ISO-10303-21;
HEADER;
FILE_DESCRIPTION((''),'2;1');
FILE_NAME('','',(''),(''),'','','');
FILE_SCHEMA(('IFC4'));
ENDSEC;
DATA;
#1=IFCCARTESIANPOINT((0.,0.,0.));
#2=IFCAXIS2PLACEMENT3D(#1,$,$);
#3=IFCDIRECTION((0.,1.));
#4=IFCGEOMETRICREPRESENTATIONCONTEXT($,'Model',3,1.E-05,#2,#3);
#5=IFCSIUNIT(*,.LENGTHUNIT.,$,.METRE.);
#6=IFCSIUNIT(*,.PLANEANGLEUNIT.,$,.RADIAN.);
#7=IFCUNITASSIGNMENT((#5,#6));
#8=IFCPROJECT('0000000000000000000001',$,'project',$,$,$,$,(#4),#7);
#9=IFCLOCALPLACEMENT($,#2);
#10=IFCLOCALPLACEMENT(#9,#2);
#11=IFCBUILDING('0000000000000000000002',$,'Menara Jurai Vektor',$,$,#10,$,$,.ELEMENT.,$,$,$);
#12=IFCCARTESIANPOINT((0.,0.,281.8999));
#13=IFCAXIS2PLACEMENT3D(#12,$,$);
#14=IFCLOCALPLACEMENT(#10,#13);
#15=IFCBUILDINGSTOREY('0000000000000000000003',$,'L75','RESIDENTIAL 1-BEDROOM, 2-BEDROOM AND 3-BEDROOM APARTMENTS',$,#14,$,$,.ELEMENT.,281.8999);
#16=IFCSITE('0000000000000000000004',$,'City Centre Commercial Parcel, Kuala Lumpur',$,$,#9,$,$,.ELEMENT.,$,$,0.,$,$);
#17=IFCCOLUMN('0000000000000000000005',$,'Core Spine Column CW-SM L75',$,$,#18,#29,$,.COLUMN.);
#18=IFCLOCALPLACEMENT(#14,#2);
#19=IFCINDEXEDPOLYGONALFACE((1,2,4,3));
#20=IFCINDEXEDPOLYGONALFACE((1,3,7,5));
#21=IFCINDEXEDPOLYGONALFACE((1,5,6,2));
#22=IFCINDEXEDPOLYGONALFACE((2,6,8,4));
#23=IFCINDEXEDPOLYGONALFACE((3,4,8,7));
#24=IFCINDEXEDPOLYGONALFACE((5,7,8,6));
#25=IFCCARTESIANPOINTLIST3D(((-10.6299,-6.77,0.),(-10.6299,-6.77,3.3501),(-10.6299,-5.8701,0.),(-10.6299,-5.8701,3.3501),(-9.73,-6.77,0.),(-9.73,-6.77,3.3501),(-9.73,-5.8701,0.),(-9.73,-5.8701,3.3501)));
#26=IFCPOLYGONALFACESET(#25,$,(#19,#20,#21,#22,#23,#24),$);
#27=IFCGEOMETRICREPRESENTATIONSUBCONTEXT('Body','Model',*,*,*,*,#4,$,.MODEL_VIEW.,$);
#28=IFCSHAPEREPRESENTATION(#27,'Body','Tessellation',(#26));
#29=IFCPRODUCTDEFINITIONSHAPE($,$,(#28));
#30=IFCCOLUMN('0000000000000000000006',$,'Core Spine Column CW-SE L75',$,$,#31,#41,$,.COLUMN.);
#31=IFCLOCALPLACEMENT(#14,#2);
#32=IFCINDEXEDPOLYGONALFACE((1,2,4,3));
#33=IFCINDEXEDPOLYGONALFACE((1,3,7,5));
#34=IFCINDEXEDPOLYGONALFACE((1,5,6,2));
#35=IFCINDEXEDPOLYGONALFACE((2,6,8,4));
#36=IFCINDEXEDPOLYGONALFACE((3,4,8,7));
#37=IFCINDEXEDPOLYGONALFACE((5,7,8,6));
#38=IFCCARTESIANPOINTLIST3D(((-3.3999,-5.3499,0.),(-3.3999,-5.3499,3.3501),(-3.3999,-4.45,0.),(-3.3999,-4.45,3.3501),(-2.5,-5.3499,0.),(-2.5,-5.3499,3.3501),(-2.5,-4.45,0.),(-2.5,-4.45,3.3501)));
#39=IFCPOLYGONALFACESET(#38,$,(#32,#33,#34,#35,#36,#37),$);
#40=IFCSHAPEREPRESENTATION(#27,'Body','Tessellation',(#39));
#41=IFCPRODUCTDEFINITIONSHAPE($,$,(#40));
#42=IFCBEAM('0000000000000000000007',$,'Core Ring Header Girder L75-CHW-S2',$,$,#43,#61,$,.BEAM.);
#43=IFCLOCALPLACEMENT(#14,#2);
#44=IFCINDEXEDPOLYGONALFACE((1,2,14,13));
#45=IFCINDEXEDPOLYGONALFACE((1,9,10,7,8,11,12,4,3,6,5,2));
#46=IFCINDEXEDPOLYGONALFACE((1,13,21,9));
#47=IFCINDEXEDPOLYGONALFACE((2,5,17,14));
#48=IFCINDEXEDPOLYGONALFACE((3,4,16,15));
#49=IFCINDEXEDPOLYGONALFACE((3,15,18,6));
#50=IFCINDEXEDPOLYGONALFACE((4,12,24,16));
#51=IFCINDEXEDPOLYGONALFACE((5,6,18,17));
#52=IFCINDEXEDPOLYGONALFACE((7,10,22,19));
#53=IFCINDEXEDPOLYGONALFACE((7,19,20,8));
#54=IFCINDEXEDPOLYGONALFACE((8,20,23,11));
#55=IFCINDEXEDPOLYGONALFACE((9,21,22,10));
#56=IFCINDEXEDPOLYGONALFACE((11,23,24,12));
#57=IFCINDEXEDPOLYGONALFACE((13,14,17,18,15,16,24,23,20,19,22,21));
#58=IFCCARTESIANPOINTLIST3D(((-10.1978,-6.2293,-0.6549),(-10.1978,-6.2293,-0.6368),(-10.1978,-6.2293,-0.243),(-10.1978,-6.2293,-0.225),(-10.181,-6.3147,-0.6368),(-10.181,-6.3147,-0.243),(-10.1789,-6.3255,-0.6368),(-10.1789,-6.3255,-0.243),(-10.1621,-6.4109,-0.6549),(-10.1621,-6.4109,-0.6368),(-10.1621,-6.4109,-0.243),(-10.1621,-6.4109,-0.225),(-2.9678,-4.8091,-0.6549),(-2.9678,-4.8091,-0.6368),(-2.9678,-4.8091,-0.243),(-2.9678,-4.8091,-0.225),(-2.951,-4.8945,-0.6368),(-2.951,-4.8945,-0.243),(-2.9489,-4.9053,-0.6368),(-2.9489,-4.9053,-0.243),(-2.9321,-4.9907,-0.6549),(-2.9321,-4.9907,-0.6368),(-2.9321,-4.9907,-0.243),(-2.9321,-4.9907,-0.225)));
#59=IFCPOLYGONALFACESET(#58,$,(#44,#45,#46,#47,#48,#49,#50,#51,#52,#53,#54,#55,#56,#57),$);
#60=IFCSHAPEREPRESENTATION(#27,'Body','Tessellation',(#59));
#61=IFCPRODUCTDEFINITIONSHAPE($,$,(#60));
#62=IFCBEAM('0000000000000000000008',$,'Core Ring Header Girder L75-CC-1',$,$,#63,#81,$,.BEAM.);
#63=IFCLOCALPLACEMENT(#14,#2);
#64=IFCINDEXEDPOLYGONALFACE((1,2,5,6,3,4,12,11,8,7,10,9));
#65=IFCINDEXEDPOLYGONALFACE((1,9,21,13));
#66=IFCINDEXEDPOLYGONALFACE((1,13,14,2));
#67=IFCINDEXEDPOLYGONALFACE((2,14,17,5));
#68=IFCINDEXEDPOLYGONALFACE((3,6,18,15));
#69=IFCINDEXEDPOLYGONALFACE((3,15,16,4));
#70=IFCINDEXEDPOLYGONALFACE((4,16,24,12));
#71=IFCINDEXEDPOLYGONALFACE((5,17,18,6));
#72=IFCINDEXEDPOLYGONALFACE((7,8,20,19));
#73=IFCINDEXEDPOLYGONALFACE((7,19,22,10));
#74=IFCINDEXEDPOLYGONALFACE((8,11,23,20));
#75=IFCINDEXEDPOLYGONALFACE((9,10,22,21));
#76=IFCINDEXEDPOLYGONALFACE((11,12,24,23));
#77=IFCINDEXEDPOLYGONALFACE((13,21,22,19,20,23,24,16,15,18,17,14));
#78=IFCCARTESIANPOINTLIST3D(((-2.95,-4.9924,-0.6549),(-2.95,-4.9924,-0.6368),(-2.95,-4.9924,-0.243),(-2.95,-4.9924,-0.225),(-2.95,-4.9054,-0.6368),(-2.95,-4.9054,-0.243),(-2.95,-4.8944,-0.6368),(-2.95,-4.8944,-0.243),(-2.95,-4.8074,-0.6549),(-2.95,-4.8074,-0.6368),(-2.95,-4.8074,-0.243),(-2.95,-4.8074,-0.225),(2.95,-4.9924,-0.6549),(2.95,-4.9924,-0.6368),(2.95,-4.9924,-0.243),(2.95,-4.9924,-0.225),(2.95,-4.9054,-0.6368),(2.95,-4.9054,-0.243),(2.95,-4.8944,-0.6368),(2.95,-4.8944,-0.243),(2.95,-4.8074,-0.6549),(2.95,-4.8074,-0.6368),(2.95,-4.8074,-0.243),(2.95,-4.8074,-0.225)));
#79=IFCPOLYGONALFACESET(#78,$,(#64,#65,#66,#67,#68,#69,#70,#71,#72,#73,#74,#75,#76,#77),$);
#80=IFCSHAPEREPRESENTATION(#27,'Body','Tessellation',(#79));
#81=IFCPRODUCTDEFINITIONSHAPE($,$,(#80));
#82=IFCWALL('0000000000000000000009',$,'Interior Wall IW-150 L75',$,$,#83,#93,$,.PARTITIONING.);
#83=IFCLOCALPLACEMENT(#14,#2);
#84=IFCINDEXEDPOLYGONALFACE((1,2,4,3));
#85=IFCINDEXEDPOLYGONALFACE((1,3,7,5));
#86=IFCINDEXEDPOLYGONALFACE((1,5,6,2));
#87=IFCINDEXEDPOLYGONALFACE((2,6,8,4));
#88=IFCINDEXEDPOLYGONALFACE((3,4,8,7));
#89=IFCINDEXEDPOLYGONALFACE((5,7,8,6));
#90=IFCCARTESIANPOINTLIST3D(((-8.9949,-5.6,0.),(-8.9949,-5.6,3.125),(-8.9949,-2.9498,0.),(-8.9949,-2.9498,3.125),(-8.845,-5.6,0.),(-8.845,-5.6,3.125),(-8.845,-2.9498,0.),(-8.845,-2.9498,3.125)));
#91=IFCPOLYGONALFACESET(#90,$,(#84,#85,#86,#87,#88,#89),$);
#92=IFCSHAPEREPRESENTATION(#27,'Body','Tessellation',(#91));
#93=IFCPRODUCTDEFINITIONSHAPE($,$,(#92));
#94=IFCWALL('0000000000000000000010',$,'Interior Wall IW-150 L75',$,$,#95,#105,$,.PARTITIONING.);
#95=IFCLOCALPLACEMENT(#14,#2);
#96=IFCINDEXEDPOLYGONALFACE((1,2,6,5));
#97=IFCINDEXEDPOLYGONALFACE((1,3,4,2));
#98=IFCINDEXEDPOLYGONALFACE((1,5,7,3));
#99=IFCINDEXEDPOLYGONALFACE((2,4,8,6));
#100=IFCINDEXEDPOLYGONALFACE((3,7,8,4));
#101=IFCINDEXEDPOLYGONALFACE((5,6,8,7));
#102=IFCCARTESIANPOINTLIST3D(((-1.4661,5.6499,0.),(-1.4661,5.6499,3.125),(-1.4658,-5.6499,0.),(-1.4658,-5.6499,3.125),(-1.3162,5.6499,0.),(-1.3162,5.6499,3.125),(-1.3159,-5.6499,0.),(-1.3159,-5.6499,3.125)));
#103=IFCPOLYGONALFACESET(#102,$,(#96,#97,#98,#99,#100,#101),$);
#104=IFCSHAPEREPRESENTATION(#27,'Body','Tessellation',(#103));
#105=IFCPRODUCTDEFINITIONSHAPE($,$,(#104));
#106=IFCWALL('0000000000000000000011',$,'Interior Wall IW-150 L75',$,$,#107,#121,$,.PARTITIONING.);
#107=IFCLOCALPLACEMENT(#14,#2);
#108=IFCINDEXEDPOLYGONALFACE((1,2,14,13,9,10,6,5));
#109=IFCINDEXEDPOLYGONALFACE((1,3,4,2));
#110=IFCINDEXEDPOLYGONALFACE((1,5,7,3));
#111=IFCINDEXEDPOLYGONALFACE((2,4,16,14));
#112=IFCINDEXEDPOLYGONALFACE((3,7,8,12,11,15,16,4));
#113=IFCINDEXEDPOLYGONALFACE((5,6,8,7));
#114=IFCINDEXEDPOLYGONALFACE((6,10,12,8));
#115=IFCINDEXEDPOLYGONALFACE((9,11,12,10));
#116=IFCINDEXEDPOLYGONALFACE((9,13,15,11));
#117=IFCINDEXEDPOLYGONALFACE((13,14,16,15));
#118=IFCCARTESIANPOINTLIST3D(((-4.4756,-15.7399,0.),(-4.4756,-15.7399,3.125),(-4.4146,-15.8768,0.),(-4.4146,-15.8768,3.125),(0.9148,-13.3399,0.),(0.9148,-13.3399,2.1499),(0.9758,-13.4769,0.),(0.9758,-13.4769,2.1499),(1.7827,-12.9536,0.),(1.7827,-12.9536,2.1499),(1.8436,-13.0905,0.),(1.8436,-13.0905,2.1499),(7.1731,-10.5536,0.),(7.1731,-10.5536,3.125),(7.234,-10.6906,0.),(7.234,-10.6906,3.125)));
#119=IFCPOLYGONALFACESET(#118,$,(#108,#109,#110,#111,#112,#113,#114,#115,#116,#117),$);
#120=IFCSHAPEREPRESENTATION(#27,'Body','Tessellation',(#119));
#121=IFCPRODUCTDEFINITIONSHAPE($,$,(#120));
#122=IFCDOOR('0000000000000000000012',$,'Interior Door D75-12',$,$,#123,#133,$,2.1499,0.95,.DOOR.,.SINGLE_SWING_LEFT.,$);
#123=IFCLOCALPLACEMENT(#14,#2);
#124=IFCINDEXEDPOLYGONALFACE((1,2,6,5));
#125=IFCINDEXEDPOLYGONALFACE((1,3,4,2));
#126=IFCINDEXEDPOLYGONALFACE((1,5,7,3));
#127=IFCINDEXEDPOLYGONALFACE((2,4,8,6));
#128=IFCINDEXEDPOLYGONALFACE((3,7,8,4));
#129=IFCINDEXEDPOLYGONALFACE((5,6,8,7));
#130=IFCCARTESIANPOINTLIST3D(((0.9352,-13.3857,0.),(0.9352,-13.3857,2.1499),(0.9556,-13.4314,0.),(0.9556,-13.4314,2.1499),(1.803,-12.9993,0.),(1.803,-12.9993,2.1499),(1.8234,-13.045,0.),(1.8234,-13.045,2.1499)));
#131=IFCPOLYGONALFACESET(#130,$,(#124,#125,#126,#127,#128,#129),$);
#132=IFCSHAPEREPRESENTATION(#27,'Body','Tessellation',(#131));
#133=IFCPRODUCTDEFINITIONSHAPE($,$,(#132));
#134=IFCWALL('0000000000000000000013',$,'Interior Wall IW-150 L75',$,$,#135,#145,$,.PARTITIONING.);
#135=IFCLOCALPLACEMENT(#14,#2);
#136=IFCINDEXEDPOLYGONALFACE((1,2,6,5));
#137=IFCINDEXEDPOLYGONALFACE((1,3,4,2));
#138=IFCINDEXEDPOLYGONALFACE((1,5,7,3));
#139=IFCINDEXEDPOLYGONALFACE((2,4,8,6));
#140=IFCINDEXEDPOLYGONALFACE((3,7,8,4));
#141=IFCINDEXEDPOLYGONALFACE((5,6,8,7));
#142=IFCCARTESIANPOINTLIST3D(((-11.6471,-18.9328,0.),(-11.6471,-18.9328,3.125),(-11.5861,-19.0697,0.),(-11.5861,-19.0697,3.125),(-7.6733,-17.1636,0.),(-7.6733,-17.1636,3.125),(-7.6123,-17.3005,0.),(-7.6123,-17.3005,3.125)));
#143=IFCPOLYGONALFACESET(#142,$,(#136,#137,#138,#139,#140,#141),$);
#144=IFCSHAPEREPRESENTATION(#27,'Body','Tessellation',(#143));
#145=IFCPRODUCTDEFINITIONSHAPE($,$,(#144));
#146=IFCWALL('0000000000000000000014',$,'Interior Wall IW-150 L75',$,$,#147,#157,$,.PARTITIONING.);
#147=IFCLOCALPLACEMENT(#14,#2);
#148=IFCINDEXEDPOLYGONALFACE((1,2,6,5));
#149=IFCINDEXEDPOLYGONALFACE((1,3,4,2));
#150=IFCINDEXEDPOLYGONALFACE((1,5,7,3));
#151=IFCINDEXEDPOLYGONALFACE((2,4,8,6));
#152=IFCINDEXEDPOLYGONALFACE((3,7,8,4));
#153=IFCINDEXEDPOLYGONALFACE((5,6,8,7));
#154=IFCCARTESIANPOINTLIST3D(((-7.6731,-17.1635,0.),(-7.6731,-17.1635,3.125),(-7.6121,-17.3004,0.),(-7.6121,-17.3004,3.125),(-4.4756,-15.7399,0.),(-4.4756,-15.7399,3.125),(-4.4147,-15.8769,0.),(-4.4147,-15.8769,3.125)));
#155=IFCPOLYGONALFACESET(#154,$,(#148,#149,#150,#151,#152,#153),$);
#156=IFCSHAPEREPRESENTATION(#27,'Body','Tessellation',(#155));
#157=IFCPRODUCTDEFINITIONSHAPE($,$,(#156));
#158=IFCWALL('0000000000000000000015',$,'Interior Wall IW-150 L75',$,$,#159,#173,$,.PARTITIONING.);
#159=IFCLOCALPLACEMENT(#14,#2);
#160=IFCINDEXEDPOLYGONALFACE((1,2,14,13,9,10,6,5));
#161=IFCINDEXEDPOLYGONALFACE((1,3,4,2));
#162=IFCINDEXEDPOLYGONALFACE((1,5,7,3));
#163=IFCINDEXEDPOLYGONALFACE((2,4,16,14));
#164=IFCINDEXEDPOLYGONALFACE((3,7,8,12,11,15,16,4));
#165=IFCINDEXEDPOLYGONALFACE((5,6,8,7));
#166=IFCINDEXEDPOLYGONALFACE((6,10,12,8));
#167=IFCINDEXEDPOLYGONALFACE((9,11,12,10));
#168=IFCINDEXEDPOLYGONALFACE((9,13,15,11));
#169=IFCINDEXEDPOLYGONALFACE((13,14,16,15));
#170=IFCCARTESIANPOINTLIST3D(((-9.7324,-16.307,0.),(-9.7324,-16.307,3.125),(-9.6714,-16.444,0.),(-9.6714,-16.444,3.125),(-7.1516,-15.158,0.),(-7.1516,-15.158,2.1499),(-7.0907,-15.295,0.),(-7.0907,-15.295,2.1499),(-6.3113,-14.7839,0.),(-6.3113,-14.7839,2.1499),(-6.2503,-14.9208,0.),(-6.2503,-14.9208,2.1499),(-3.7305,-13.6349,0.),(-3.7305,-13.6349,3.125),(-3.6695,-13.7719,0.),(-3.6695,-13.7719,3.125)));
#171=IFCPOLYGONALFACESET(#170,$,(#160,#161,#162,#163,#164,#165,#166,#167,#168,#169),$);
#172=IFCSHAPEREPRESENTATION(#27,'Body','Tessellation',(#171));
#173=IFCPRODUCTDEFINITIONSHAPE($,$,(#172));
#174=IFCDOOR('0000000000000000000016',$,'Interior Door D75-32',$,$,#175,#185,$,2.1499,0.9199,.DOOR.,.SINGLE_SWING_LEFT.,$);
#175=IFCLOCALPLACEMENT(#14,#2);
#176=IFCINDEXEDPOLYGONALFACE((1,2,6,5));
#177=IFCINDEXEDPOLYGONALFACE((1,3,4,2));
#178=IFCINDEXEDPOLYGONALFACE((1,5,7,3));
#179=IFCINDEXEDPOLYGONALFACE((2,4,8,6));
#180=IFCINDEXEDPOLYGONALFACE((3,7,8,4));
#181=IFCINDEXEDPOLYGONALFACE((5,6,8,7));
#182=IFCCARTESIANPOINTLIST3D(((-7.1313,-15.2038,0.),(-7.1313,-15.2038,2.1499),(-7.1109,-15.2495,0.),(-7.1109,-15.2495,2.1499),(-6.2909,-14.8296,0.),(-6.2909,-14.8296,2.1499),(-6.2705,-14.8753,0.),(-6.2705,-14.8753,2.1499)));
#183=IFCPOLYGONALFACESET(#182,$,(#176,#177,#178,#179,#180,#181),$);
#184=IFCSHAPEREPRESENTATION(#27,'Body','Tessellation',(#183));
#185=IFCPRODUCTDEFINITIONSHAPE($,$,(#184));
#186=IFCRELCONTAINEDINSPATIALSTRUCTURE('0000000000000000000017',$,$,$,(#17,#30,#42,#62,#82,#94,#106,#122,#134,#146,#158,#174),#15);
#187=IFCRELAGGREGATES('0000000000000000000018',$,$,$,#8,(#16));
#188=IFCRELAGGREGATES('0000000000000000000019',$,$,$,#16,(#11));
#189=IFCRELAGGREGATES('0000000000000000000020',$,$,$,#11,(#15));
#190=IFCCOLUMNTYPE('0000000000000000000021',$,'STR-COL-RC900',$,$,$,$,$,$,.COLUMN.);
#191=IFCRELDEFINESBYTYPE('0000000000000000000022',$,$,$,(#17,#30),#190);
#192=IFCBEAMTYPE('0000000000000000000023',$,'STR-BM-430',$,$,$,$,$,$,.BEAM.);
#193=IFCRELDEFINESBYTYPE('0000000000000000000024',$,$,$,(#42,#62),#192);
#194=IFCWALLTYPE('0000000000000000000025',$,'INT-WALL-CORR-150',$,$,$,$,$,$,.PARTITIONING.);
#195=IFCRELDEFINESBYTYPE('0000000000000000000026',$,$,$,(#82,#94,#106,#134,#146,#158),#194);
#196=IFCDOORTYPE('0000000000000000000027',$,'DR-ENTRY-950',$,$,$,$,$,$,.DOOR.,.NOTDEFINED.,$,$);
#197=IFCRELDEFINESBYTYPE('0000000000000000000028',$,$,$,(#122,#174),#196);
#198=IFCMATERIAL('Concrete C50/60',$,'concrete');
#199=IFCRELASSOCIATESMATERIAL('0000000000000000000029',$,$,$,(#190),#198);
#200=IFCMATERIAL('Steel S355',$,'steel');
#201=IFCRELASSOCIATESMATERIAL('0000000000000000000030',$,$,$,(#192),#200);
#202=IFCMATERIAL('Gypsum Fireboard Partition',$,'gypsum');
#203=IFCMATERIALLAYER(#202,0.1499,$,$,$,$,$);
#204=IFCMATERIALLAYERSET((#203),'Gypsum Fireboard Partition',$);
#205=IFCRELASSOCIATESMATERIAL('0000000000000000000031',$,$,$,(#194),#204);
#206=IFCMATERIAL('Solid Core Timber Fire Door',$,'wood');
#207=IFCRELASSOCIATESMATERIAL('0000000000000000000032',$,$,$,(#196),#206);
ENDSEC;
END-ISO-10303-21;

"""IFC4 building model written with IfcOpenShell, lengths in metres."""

from ifc_helpers import new_model, si_unit, direction, frame, frame_2d, origin, origin_2d, place, context, subcontext, project, spatial, rectangle, i_section, extrude, material, layer, layer_set, material_profile, profile_set, type_object, element, fill, save


model = new_model("IFC4")

# Units and contexts
model_context = context("Model", 3, precision=1e-05, world=origin(), true_north=direction((0.0, 1.0)))
body_context = subcontext(model_context, "Body", "Model", "MODEL_VIEW")
ifc_project = project(units=[si_unit("LENGTHUNIT", "METRE"), si_unit("PLANEANGLEUNIT", "RADIAN")], contexts=[model_context])

# Site, building, storey
site_placement = place(None, origin())
site = spatial("IfcSite", under=ifc_project, at=site_placement, Name="City Centre Commercial Parcel, Kuala Lumpur", CompositionType="ELEMENT", RefElevation=0.0)
building_placement = place(site_placement, origin())
building = spatial("IfcBuilding", under=site, at=building_placement, Name="Menara Jurai Vektor", CompositionType="ELEMENT")
storey_placement = place(building_placement, frame((0.0, 0.0, 281.8999)))
storey = spatial("IfcBuildingStorey", under=building, at=storey_placement, Name="L75", Description="RESIDENTIAL 1-BEDROOM, 2-BEDROOM AND 3-BEDROOM APARTMENTS", CompositionType="ELEMENT", Elevation=281.8999)

# Columns
ifc_material_1 = material(Name="Concrete C50/60", Category="concrete")
ifc_material_profile_1 = material_profile(ifc_material_1, rectangle(XDim=0.8999, YDim=0.8999, at=origin_2d()), Name="RC 900x900")
ifc_profile_set_1 = profile_set([ifc_material_profile_1], Name="Concrete C50/60")
column_type = type_object("IfcColumnType", Name="STR-COL-RC900", PredefinedType="COLUMN", material=ifc_profile_set_1)
for number, where, z_axis, x_axis, name in (
    (1, (-10.1799, -6.3201, 0.0), (0.0, 0.0, 1.0), (1.0, 0.0, 0.0), "Core Spine Column CW-SM L75"),
    (2, (-2.95, -4.8999, 0.0), (0.0, 0.0, 1.0), (1.0, 0.0, 0.0), "Core Spine Column CW-SE L75"),
):
    element("IfcColumn", number, at=place(storey_placement, frame(where, z_axis=z_axis, x_axis=x_axis)), inside=storey, type_object=column_type, Name=name, PredefinedType="COLUMN", context=body_context, shape_type="SweptSolid", body=[
        extrude(rectangle(XDim=0.8999, YDim=0.8999, at=origin_2d()), origin(), (0.0, 0.0, 1.0), 3.3501),
    ])

# Beams
ifc_material_2 = material(Name="Steel S355", Category="steel")
ifc_material_profile_2 = material_profile(ifc_material_2, i_section(OverallWidth=0.1851, OverallDepth=0.4299, WebThickness=0.011, FlangeThickness=0.0181, at=origin_2d()), Name="PG 430x185x76")
ifc_profile_set_2 = profile_set([ifc_material_profile_2], Name="Steel S355")
beam_type = type_object("IfcBeamType", Name="STR-BM-430", PredefinedType="BEAM", material=ifc_profile_set_2)
beam_1_placement = place(storey_placement, frame((-10.1799, -6.3201, -0.4399), z_axis=(0.981249, 0.192744, 0.0), x_axis=(-0.192744, 0.981249, 0.0)))
element("IfcBeam", 3, at=beam_1_placement, inside=storey, type_object=beam_type, Name="Core Ring Header Girder L75-CHW-S2", PredefinedType="BEAM", context=body_context, shape_type="SweptSolid", body=[
    extrude(i_section(OverallWidth=0.1851, OverallDepth=0.4299, WebThickness=0.011, FlangeThickness=0.0181, at=origin_2d()), origin(), (0.0, 0.0, 1.0), 7.3682),
])
beam_2_placement = place(storey_placement, frame((-2.95, -4.8999, -0.4399), z_axis=(1.0, 0.0, 0.0), x_axis=(0.0, 1.0, 0.0)))
element("IfcBeam", 4, at=beam_2_placement, inside=storey, type_object=beam_type, Name="Core Ring Header Girder L75-CC-1", PredefinedType="BEAM", context=body_context, shape_type="SweptSolid", body=[
    extrude(i_section(OverallWidth=0.1851, OverallDepth=0.4299, WebThickness=0.011, FlangeThickness=0.0181, at=origin_2d()), origin(), (0.0, 0.0, 1.0), 5.8999),
])

# Walls
ifc_material_3 = material(Name="Gypsum Fireboard Partition", Category="gypsum")
ifc_layer_1 = layer(ifc_material_3, 0.1499)
ifc_layer_set_1 = layer_set([ifc_layer_1], Name="Gypsum Fireboard Partition")
wall_type_1 = type_object("IfcWallType", Name="INT-WALL-CORR-150", PredefinedType="PARTITIONING", material=ifc_layer_set_1)
wall_1_placement = place(storey_placement, frame((-8.9199, -5.6001, 0.0), z_axis=(0.0, 0.0, 1.0), x_axis=(0.0, 1.0, 0.0)))
element("IfcWall", 5, at=wall_1_placement, inside=storey, type_object=wall_type_1, Name="Interior Wall IW-150 L75", PredefinedType="PARTITIONING", context=body_context, shape_type="SweptSolid", body=[
    extrude(rectangle(XDim=2.6501, YDim=0.1499, at=frame_2d((1.3252, 0.0))), origin(), (0.0, 0.0, 1.0), 3.125),
])
wall_2_placement = place(storey_placement, frame((-1.3909, -5.6499, 0.0), z_axis=(0.0, 0.0, 1.0), x_axis=(-0.000022, 1.0, 0.0)))
element("IfcWall", 6, at=wall_2_placement, inside=storey, type_object=wall_type_1, Name="Interior Wall IW-150 L75", PredefinedType="PARTITIONING", context=body_context, shape_type="SweptSolid", body=[
    extrude(rectangle(XDim=11.2998, YDim=0.1499, at=frame_2d((5.6499, 0.0))), origin(), (0.0, 0.0, 1.0), 3.125),
])

# Wall, opening, door
wall_3_placement = place(storey_placement, frame((-4.4451, -15.8083, 0.0), z_axis=(0.0, 0.0, 1.0), x_axis=(0.913547, 0.406734, 0.0)))
wall_3 = element("IfcWall", 7, at=wall_3_placement, inside=storey, type_object=wall_type_1, Name="Interior Wall IW-150 L75", PredefinedType="PARTITIONING", context=body_context, shape_type="SweptSolid", body=[
    extrude(rectangle(XDim=12.751, YDim=0.1499, at=frame_2d((6.3755, 0.0))), origin(), (0.0, 0.0, 1.0), 3.125),
])
opening_1_placement = place(wall_3_placement, frame((5.9004, 0.0, 0.0)))
opening_1 = element("IfcOpeningElement", 8, at=opening_1_placement, cuts=wall_3, PredefinedType="OPENING", context=body_context, shape_type="SweptSolid", body=[
    extrude(rectangle(XDim=0.95, YDim=2.1499, at=frame_2d((0.4751, 1.075))), frame((0.0, 0.085, 0.0), z_axis=(0.0, -1.0, 0.0), x_axis=(1.0, 0.0, 0.0)), (0.0, 0.0, 1.0), 0.1699),
])
ifc_material_4 = material(Name="Solid Core Timber Fire Door", Category="wood")
door_type = type_object("IfcDoorType", Name="DR-ENTRY-950", OperationType="NOTDEFINED", PredefinedType="DOOR", material=ifc_material_4)
door_1_placement = place(opening_1_placement, origin())
door_1 = element("IfcDoor", 9, at=door_1_placement, inside=storey, type_object=door_type, Name="Interior Door D75-12", OperationType="SINGLE_SWING_LEFT", OverallHeight=2.1499, OverallWidth=0.95, PredefinedType="DOOR", context=body_context, shape_type="SweptSolid", body=[
    extrude(rectangle(XDim=0.95, YDim=2.1499, at=frame_2d((0.4751, 1.075))), frame((0.0, 0.0249, 0.0), z_axis=(0.0, -1.0, 0.0), x_axis=(1.0, 0.0, 0.0)), (0.0, 0.0, 1.0), 0.05),
])
fill(opening_1, door_1)

# Walls
wall_4_placement = place(storey_placement, frame((-11.6165, -19.0012, 0.0), z_axis=(0.0, 0.0, 1.0), x_axis=(0.913545, 0.406737, 0.0)))
element("IfcWall", 10, at=wall_4_placement, inside=storey, type_object=wall_type_1, Name="Interior Wall IW-150 L75", PredefinedType="PARTITIONING", context=body_context, shape_type="SweptSolid", body=[
    extrude(rectangle(XDim=4.3499, YDim=0.1499, at=frame_2d((2.1748, 0.0))), origin(), (0.0, 0.0, 1.0), 3.125),
])
wall_5_placement = place(storey_placement, frame((-7.6426, -17.2319, 0.0), z_axis=(0.0, 0.0, 1.0), x_axis=(0.91355, 0.406727, 0.0)))
element("IfcWall", 11, at=wall_5_placement, inside=storey, type_object=wall_type_1, Name="Interior Wall IW-150 L75", PredefinedType="PARTITIONING", context=body_context, shape_type="SweptSolid", body=[
    extrude(rectangle(XDim=3.5, YDim=0.1499, at=frame_2d((1.75, 0.0))), origin(), (0.0, 0.0, 1.0), 3.125),
])

# Wall, opening, door
wall_6_placement = place(storey_placement, frame((-9.7019, -16.3755, 0.0), z_axis=(0.0, 0.0, 1.0), x_axis=(0.913552, 0.406721, 0.0)))
wall_6 = element("IfcWall", 12, at=wall_6_placement, inside=storey, type_object=wall_type_1, Name="Interior Wall IW-150 L75", PredefinedType="PARTITIONING", context=body_context, shape_type="SweptSolid", body=[
    extrude(rectangle(XDim=6.5698, YDim=0.1499, at=frame_2d((3.2849, 0.0))), origin(), (0.0, 0.0, 1.0), 3.125),
])
opening_2_placement = place(wall_6_placement, frame((2.825, 0.0, 0.0)))
opening_2 = element("IfcOpeningElement", 13, at=opening_2_placement, cuts=wall_6, PredefinedType="OPENING", context=body_context, shape_type="SweptSolid", body=[
    extrude(rectangle(XDim=0.9199, YDim=2.1499, at=frame_2d((0.46, 1.075))), frame((0.0, 0.085, 0.0), z_axis=(0.0, -1.0, 0.0), x_axis=(1.0, 0.0, 0.0)), (0.0, 0.0, 1.0), 0.1699),
])
door_2_placement = place(opening_2_placement, origin())
door_2 = element("IfcDoor", 14, at=door_2_placement, inside=storey, type_object=door_type, Name="Interior Door D75-32", OperationType="SINGLE_SWING_LEFT", OverallHeight=2.1499, OverallWidth=0.9199, PredefinedType="DOOR", context=body_context, shape_type="SweptSolid", body=[
    extrude(rectangle(XDim=0.9199, YDim=2.1499, at=frame_2d((0.46, 1.075))), frame((0.0, 0.0249, 0.0), z_axis=(0.0, -1.0, 0.0), x_axis=(1.0, 0.0, 0.0)), (0.0, 0.0, 1.0), 0.05),
])
fill(opening_2, door_2)

save(model, "model.ifc")
